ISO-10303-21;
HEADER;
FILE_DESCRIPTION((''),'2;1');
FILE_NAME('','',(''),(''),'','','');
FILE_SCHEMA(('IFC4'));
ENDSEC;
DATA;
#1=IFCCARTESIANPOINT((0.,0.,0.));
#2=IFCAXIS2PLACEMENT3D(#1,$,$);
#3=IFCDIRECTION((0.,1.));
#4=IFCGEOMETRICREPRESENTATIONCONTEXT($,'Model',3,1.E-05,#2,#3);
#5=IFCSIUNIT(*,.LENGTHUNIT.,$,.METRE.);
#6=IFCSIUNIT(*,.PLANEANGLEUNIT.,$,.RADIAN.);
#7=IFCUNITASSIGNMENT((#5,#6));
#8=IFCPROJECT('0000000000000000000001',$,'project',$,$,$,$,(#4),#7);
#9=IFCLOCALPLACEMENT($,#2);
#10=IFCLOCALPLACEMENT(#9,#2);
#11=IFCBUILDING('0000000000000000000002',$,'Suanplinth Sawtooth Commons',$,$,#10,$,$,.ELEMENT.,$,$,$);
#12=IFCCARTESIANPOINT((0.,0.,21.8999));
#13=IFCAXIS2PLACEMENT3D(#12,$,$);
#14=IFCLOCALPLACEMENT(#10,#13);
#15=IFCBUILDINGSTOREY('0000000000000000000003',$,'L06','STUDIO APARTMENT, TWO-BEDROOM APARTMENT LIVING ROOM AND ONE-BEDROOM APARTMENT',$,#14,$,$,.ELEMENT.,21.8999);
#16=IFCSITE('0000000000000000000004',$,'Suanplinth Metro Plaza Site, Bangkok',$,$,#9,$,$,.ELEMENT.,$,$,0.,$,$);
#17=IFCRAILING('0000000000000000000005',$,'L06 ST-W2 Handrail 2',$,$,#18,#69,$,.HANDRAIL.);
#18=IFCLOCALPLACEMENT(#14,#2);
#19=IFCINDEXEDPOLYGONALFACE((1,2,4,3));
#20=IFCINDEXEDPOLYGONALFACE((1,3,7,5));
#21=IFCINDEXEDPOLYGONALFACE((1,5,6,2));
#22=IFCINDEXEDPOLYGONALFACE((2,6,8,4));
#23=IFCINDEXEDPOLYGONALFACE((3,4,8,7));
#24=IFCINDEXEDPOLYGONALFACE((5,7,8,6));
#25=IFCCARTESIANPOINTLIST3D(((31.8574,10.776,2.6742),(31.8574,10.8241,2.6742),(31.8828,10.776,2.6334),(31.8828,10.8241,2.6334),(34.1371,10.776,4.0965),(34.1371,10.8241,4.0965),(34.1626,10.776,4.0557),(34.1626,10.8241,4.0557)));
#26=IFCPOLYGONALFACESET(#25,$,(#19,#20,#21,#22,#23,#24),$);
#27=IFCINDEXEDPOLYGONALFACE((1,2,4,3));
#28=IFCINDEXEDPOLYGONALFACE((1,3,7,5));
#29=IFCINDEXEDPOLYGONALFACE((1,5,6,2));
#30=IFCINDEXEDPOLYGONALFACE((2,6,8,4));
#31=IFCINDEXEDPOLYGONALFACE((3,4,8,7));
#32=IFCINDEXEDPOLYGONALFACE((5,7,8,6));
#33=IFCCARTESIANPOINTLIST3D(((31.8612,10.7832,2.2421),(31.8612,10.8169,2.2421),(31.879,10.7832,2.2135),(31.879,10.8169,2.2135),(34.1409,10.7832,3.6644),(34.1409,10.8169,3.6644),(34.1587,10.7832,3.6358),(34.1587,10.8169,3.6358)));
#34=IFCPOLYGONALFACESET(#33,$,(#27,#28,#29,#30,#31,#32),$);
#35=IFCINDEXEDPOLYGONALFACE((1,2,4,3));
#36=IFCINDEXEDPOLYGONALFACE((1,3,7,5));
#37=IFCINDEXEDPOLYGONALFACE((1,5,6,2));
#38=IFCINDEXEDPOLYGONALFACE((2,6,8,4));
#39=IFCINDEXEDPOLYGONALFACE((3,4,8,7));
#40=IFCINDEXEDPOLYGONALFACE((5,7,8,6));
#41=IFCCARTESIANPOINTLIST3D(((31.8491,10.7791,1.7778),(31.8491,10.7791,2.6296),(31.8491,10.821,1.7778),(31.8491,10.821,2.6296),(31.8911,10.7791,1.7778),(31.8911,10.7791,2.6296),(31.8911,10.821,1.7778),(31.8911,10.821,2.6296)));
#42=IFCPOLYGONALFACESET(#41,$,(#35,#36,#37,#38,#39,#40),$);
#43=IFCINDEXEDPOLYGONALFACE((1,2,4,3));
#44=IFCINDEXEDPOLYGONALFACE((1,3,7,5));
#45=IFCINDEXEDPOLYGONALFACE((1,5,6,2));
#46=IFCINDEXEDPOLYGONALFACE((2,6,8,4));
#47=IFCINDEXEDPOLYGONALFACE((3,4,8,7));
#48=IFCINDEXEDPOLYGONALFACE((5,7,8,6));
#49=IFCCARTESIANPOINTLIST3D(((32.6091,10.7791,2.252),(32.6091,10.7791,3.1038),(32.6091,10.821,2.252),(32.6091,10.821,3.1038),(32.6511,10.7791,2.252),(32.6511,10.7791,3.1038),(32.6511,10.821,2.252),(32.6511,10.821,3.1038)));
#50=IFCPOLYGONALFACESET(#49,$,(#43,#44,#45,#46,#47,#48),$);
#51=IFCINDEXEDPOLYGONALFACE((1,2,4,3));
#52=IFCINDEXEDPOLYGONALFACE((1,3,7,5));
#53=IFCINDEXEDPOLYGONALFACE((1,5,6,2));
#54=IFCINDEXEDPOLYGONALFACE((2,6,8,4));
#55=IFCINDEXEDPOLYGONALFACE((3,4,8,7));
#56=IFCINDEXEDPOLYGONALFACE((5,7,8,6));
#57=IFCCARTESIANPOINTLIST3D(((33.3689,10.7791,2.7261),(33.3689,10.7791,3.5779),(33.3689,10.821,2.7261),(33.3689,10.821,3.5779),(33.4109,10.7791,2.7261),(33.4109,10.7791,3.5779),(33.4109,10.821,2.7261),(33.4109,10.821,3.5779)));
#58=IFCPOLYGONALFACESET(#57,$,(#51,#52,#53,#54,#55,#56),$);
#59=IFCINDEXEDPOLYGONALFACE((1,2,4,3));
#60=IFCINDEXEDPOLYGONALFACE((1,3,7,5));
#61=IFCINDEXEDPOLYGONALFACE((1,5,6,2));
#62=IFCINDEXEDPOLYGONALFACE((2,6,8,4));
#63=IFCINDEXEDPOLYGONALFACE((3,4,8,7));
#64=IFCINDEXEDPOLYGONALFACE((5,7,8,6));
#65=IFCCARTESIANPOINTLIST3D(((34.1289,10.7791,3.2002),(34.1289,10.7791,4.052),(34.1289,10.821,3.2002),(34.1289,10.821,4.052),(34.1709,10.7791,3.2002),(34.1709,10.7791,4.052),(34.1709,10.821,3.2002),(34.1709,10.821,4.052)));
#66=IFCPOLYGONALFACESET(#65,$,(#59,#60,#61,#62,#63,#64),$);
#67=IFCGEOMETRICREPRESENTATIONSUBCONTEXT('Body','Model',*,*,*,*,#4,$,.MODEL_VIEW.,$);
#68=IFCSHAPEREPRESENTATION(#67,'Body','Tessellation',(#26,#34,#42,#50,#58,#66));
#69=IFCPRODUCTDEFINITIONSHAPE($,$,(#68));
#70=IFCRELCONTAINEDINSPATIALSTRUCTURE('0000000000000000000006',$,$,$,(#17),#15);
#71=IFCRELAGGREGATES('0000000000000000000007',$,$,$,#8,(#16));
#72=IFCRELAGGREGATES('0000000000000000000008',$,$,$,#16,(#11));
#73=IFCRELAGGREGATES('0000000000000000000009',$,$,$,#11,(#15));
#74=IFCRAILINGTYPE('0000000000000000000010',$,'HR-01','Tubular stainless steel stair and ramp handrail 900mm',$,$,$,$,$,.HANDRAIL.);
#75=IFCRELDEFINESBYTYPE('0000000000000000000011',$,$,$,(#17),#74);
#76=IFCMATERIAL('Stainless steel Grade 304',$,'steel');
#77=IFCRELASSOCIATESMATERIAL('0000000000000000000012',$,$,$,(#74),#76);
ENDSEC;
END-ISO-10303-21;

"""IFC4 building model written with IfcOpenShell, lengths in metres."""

from ifc_helpers import new_model, si_unit, direction, frame, origin, origin_2d, place, context, subcontext, project, spatial, rectangle, extrude, material, type_object, element, save


model = new_model("IFC4")

# Units and contexts
model_context = context("Model", 3, precision=1e-05, world=origin(), true_north=direction((0.0, 1.0)))
body_context = subcontext(model_context, "Body", "Model", "MODEL_VIEW")
ifc_project = project(units=[si_unit("LENGTHUNIT", "METRE"), si_unit("PLANEANGLEUNIT", "RADIAN")], contexts=[model_context])

# Site, building, storey
site_placement = place(None, origin())
site = spatial("IfcSite", under=ifc_project, at=site_placement, Name="Suanplinth Metro Plaza Site, Bangkok", CompositionType="ELEMENT", RefElevation=0.0)
building_placement = place(site_placement, origin())
building = spatial("IfcBuilding", under=site, at=building_placement, Name="Suanplinth Sawtooth Commons", CompositionType="ELEMENT")
storey_placement = place(building_placement, frame((0.0, 0.0, 21.8999)))
storey = spatial("IfcBuildingStorey", under=building, at=storey_placement, Name="L06", Description="STUDIO APARTMENT, TWO-BEDROOM APARTMENT LIVING ROOM AND ONE-BEDROOM APARTMENT", CompositionType="ELEMENT", Elevation=21.8999)

# Railing
ifc_material_1 = material(Name="Stainless steel Grade 304", Category="steel")
railing_type_1 = type_object("IfcRailingType", Name="HR-01", Description="Tubular stainless steel stair and ramp handrail 900mm", PredefinedType="HANDRAIL", material=ifc_material_1)
railing_1_placement = place(storey_placement, frame((31.8701, 10.8, 1.7778)))
element("IfcRailing", 1, at=railing_1_placement, inside=storey, type_object=railing_type_1, Name="L06 ST-W2 Handrail 2", PredefinedType="HANDRAIL", context=body_context, shape_type="SweptSolid", body=[
    extrude(rectangle(XDim=0.0481, YDim=0.0481, at=origin_2d()), frame((0.0, 0.0, 0.876), z_axis=(0.848417, 0.0, 0.529329), x_axis=(0.0, 1.0, 0.0)), (0.0, 0.0, 1.0), 2.687),
    extrude(rectangle(XDim=0.0337, YDim=0.0337, at=origin_2d()), frame((0.0, 0.0, 0.45), z_axis=(0.848417, 0.0, 0.529329), x_axis=(0.0, 1.0, 0.0)), (0.0, 0.0, 1.0), 2.687),
    extrude(rectangle(XDim=0.042, YDim=0.042, at=origin_2d()), origin(), (0.0, 0.0, 1.0), 0.8518),
    extrude(rectangle(XDim=0.042, YDim=0.042, at=origin_2d()), frame((0.76, 0.0, 0.4741)), (0.0, 0.0, 1.0), 0.8518),
    extrude(rectangle(XDim=0.042, YDim=0.042, at=origin_2d()), frame((1.5198, 0.0, 0.9482)), (0.0, 0.0, 1.0), 0.8518),
    extrude(rectangle(XDim=0.042, YDim=0.042, at=origin_2d()), frame((2.2798, 0.0, 1.4224)), (0.0, 0.0, 1.0), 0.8518),
])

save(model, "model.ifc")
